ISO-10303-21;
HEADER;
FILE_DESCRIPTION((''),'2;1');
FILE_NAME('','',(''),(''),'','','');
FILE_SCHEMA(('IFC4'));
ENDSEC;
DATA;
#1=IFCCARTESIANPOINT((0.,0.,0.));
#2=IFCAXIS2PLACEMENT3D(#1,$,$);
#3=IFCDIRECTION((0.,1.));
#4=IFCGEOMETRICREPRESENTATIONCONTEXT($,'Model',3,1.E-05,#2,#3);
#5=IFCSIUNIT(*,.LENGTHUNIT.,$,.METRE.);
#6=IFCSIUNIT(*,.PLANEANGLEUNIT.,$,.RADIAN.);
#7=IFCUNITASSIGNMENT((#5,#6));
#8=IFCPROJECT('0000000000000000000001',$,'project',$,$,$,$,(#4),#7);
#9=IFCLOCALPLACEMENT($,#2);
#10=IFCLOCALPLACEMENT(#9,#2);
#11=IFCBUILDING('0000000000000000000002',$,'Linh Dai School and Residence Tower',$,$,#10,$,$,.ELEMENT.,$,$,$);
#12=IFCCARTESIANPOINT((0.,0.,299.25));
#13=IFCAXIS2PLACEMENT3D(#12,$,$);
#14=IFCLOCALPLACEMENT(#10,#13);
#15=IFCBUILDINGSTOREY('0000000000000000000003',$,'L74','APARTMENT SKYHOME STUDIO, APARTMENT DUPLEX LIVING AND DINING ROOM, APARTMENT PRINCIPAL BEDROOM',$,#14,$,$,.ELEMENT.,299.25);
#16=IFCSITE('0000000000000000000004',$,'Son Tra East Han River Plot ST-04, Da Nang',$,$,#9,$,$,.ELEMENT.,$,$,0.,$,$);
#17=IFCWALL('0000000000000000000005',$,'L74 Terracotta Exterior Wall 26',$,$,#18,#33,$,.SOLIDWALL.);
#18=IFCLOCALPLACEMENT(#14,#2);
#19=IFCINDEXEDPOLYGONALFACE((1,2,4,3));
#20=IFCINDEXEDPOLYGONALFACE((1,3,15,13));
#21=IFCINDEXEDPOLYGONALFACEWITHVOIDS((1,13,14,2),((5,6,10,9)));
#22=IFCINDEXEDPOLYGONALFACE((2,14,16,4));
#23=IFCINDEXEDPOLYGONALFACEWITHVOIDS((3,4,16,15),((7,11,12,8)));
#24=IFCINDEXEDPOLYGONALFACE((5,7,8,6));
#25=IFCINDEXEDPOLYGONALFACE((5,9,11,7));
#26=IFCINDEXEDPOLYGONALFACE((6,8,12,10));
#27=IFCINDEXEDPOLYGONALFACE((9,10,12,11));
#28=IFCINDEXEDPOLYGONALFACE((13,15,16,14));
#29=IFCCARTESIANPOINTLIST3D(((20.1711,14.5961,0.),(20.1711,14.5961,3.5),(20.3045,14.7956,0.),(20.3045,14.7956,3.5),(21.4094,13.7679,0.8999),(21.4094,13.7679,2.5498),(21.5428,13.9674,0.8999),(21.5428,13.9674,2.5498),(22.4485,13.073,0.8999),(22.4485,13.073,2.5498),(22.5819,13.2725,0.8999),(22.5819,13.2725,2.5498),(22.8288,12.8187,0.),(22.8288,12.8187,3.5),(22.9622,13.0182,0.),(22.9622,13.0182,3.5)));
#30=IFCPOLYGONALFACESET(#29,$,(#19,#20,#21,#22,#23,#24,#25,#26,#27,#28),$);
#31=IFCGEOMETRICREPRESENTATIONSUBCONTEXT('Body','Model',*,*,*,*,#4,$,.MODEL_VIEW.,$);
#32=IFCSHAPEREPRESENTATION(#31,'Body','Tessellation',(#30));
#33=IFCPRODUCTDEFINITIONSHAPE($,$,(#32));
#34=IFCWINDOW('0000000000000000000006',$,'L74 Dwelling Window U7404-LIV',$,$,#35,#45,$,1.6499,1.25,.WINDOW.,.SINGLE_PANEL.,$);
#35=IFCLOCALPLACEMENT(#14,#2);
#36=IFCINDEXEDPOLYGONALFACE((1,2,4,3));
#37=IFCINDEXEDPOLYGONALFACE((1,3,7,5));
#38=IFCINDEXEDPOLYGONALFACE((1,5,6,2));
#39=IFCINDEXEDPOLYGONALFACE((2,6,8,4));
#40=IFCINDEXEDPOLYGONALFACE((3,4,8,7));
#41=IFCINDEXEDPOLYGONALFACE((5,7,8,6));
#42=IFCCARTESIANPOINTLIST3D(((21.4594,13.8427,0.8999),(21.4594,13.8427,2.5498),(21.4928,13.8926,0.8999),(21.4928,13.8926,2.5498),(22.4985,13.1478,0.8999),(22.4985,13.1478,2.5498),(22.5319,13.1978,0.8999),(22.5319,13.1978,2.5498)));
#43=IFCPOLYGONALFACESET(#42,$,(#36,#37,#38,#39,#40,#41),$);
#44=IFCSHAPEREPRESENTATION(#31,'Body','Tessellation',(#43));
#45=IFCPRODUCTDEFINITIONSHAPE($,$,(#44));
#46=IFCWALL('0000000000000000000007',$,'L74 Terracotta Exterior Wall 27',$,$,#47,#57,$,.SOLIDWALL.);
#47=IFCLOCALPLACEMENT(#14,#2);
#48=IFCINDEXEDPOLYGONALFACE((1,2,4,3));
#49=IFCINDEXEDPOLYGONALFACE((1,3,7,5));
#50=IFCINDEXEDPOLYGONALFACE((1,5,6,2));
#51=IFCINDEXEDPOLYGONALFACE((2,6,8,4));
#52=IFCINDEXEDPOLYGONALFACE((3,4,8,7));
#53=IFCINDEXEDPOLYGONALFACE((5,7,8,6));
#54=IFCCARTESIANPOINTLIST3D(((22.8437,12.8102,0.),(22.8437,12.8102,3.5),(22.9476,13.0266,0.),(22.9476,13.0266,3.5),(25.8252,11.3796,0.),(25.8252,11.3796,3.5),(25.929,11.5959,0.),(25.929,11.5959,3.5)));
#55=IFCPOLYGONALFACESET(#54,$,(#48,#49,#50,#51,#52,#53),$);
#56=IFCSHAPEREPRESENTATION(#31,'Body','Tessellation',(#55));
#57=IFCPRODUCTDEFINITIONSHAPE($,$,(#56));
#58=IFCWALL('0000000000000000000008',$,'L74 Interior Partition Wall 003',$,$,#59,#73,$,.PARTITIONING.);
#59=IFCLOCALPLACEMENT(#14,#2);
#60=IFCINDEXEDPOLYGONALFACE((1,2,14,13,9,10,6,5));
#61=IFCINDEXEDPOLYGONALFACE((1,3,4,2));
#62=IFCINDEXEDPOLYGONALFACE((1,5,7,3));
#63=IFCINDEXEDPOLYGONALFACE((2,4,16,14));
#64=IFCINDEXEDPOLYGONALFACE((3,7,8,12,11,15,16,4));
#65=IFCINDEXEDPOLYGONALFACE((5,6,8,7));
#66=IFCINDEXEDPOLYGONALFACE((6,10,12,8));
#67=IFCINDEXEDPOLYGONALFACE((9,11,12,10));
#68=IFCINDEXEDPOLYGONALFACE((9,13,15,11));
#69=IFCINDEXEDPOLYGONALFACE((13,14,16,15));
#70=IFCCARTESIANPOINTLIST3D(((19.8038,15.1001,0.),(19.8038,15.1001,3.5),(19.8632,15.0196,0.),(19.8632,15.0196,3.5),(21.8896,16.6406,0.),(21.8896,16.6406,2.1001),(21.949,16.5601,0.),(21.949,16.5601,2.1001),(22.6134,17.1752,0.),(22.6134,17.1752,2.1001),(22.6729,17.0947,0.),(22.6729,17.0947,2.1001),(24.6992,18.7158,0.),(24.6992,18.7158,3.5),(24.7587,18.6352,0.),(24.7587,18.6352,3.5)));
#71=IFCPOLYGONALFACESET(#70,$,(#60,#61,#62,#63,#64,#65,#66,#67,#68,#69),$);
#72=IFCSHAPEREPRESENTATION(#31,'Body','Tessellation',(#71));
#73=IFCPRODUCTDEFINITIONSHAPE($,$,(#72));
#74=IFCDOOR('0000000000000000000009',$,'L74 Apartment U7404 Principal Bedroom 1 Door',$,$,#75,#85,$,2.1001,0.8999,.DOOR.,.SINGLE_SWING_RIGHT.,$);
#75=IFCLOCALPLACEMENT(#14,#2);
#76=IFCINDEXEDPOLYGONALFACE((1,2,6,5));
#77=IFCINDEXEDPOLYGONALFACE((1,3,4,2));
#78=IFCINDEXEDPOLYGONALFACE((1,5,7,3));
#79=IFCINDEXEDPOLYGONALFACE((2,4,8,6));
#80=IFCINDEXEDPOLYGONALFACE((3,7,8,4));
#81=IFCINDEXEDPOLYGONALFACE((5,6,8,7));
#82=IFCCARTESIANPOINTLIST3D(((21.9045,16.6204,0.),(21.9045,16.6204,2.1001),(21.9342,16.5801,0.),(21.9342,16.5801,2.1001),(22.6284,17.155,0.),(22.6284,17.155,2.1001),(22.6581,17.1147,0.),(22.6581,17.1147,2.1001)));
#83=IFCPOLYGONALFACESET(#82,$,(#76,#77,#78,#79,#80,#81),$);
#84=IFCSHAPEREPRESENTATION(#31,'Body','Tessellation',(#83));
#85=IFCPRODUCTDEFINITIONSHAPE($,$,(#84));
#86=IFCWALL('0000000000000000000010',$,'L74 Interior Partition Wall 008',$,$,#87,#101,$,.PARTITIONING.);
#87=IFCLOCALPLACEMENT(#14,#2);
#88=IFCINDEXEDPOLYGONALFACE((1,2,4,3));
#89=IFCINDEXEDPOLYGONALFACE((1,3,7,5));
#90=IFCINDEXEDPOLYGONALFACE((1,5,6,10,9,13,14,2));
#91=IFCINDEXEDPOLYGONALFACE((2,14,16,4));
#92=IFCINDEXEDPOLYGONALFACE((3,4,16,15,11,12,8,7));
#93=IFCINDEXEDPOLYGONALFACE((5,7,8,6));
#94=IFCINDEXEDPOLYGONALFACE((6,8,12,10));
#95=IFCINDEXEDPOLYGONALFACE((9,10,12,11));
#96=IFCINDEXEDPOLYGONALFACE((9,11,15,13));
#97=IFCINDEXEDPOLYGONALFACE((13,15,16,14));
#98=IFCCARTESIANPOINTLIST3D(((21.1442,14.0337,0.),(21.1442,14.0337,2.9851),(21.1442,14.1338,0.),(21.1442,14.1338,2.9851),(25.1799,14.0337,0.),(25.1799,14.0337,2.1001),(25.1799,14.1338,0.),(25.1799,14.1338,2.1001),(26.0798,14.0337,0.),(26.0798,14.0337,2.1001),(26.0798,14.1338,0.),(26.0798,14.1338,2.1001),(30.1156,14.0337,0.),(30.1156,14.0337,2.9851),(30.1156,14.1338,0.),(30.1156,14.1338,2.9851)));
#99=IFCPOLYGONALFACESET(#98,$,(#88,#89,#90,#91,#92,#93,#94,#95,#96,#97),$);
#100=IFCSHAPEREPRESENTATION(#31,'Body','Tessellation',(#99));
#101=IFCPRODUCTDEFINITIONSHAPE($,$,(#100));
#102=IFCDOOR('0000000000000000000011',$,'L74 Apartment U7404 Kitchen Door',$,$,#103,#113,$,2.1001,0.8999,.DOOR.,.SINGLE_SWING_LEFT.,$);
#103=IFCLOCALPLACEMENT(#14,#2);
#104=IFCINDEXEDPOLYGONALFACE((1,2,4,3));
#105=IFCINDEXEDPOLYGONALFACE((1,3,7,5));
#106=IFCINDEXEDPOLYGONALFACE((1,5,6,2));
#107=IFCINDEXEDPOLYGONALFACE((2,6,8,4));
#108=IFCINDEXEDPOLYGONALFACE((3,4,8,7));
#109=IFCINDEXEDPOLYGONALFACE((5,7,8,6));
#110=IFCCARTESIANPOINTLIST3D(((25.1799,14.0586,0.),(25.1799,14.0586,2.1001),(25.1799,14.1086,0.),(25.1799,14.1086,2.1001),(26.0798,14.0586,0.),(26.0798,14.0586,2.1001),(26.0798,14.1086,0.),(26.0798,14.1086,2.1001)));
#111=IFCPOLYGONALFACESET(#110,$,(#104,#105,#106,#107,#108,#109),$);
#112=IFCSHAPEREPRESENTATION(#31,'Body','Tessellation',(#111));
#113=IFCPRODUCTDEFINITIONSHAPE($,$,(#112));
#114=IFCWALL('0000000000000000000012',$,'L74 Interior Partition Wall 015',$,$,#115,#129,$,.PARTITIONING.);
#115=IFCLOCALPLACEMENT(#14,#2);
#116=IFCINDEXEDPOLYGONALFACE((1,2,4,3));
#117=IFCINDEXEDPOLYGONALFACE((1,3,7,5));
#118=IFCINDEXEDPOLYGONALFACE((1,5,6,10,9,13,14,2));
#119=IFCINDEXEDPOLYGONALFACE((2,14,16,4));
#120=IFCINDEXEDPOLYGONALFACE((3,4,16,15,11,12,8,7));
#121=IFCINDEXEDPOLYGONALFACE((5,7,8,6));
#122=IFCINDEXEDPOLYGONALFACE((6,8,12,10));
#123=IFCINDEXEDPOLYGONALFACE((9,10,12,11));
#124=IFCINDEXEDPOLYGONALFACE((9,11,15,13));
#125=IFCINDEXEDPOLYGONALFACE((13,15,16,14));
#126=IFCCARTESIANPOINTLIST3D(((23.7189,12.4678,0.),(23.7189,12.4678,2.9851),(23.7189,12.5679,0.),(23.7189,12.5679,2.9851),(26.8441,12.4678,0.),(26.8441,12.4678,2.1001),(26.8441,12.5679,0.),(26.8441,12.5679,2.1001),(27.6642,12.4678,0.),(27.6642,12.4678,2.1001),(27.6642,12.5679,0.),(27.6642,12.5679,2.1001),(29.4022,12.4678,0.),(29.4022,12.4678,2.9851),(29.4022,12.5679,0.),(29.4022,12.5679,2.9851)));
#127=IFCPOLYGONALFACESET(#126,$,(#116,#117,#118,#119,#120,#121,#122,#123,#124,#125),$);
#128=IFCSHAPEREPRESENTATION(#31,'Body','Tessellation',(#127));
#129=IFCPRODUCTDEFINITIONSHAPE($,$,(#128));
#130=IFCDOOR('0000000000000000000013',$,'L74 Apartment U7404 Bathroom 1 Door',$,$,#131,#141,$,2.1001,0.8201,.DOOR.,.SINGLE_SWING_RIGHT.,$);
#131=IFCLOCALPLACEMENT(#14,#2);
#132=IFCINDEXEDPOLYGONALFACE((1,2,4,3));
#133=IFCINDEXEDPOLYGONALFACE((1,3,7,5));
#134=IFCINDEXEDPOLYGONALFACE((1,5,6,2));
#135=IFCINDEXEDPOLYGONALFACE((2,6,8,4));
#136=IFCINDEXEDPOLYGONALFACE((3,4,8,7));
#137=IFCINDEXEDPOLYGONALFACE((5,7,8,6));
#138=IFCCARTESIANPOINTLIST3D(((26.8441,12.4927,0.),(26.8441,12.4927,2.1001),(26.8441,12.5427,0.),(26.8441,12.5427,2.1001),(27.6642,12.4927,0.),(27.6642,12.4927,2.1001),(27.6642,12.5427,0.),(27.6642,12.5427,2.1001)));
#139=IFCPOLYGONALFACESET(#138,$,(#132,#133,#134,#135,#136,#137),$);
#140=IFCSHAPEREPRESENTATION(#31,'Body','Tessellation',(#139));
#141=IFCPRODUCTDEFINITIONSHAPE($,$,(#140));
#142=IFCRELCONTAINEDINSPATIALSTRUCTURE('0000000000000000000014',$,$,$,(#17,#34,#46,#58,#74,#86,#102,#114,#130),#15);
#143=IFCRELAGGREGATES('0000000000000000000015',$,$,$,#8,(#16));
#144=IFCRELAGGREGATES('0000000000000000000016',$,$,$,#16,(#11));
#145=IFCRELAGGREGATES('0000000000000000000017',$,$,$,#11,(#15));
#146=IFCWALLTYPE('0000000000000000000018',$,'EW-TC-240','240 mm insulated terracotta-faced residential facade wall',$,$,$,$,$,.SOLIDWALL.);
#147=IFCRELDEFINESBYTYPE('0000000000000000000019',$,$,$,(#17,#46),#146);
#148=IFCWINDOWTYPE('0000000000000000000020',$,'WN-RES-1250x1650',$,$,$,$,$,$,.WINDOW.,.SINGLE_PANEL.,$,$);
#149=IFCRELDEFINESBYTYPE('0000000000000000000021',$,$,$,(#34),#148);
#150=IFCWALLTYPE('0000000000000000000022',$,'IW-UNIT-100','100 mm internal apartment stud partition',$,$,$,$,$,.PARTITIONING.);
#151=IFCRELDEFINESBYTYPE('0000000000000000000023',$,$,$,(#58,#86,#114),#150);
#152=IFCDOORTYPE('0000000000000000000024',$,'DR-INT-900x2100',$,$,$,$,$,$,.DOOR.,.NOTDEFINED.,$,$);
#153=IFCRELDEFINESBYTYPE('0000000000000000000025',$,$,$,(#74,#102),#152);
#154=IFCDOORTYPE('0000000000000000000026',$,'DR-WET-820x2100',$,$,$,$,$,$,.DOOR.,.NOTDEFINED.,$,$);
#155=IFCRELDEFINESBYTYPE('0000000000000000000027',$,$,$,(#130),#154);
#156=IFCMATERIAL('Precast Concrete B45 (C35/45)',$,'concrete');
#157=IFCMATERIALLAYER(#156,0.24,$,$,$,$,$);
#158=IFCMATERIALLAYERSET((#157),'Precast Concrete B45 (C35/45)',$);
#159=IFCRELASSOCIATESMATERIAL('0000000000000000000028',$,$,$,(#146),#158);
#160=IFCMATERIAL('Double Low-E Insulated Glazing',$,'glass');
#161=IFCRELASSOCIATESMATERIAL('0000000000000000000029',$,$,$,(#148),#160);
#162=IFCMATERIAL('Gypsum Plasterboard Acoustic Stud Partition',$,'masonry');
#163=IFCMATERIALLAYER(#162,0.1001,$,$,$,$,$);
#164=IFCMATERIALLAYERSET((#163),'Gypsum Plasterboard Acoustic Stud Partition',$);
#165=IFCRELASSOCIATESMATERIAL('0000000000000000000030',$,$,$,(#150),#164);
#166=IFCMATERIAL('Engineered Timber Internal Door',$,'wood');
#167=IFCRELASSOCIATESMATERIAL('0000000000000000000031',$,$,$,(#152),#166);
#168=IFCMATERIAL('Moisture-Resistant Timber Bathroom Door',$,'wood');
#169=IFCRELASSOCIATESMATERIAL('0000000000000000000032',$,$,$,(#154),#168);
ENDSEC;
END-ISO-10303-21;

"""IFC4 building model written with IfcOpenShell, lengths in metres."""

from ifc_helpers import new_model, si_unit, direction, frame, frame_2d, origin, origin_2d, place, context, subcontext, project, spatial, rectangle, extrude, source, transform, mapped, material, layer, layer_set, type_object, element, fill, save


model = new_model("IFC4")

# Units and contexts
model_context = context("Model", 3, precision=1e-05, world=origin(), true_north=direction((0.0, 1.0)))
body_context = subcontext(model_context, "Body", "Model", "MODEL_VIEW")
ifc_project = project(units=[si_unit("LENGTHUNIT", "METRE"), si_unit("PLANEANGLEUNIT", "RADIAN")], contexts=[model_context])

# Site, building, storey
site_placement = place(None, origin())
site = spatial("IfcSite", under=ifc_project, at=site_placement, Name="Son Tra East Han River Plot ST-04, Da Nang", CompositionType="ELEMENT", RefElevation=0.0)
building_placement = place(site_placement, origin())
building = spatial("IfcBuilding", under=site, at=building_placement, Name="Linh Dai School and Residence Tower", CompositionType="ELEMENT")
storey_placement = place(building_placement, frame((0.0, 0.0, 299.25)))
storey = spatial("IfcBuildingStorey", under=building, at=storey_placement, Name="L74", Description="APARTMENT SKYHOME STUDIO, APARTMENT DUPLEX LIVING AND DINING ROOM, APARTMENT PRINCIPAL BEDROOM", CompositionType="ELEMENT", Elevation=299.25)

# Shared definitions
ifc_material_1 = material(Name="Precast Concrete B45 (C35/45)", Category="concrete")

# Shared definitions
ifc_layer_1 = layer(ifc_material_1, 0.24)
ifc_layer_set_1 = layer_set([ifc_layer_1], Name="Precast Concrete B45 (C35/45)")
wall_type_1 = type_object("IfcWallType", Name="EW-TC-240", Description="240 mm insulated terracotta-faced residential facade wall", PredefinedType="SOLIDWALL", material=ifc_layer_set_1)

# Wall, opening, window
wall_1_placement = place(storey_placement, frame((22.8955, 12.9185, 0.0), z_axis=(0.0, 0.0, 1.0), x_axis=(-0.831251, 0.555898, 0.0)))
wall_1 = element("IfcWall", 1, at=wall_1_placement, inside=storey, type_object=wall_type_1, Name="L74 Terracotta Exterior Wall 26", PredefinedType="SOLIDWALL", context=body_context, shape_type="SweptSolid", body=[
    extrude(rectangle(XDim=3.1973, YDim=0.24, at=frame_2d((1.5986, 0.0))), origin(), (0.0, 0.0, 1.0), 3.5),
])
opening_1_placement = place(wall_1_placement, frame((0.4575, 0.0, 0.8999)))
opening_1 = element("IfcOpeningElement", 2, at=opening_1_placement, cuts=wall_1, PredefinedType="OPENING", context=body_context, shape_type="SweptSolid", body=[
    extrude(rectangle(XDim=1.25, YDim=1.6499, at=origin_2d()), frame((0.625, 0.1299, 0.825), z_axis=(0.0, -1.0, 0.0), x_axis=(1.0, 0.0, 0.0)), (0.0, 0.0, 1.0), 0.26),
])
ifc_material_2 = material(Name="Double Low-E Insulated Glazing", Category="glass")
window_type = type_object("IfcWindowType", Name="WN-RES-1250x1650", PartitioningType="SINGLE_PANEL", PredefinedType="WINDOW", material=ifc_material_2)
shared_shape_1 = source(origin(), body_context, "Body", "SweptSolid", [
    extrude(rectangle(XDim=1.25, YDim=1.6499, at=origin_2d()), frame((0.625, 0.03, 0.825), z_axis=(0.0, -1.0, 0.0), x_axis=(1.0, 0.0, 0.0)), (0.0, 0.0, 1.0), 0.0601),
])
window_placement = place(opening_1_placement, origin())
window = element("IfcWindow", 3, at=window_placement, inside=storey, type_object=window_type, Name="L74 Dwelling Window U7404-LIV", OverallHeight=1.6499, OverallWidth=1.25, PartitioningType="SINGLE_PANEL", PredefinedType="WINDOW", context=body_context, shape_type="MappedRepresentation", body=[
    mapped(shared_shape_1, transform((0.0, 0.0, 0.0), x_axis=(1.0, 0.0, 0.0), y_axis=(0.0, 1.0, 0.0), z_axis=(0.0, 0.0, 1.0), scale=1.0)),
])
fill(opening_1, window)

# Wall
wall_2_placement = place(storey_placement, frame((25.877, 11.4878, 0.0), z_axis=(0.0, 0.0, 1.0), x_axis=(-0.901574, 0.432625, 0.0)))
element("IfcWall", 4, at=wall_2_placement, inside=storey, type_object=wall_type_1, Name="L74 Terracotta Exterior Wall 27", PredefinedType="SOLIDWALL", context=body_context, shape_type="SweptSolid", body=[
    extrude(rectangle(XDim=3.3069, YDim=0.24, at=frame_2d((1.6533, 0.0))), origin(), (0.0, 0.0, 1.0), 3.5),
])

# Walls, openings, doors
ifc_material_3 = material(Name="Gypsum Plasterboard Acoustic Stud Partition", Category="masonry")
ifc_layer_2 = layer(ifc_material_3, 0.1001)
ifc_layer_set_2 = layer_set([ifc_layer_2], Name="Gypsum Plasterboard Acoustic Stud Partition")
wall_type_2 = type_object("IfcWallType", Name="IW-UNIT-100", Description="100 mm internal apartment stud partition", PredefinedType="PARTITIONING", material=ifc_layer_set_2)
wall_3_placement = place(storey_placement, frame((19.8335, 15.0598, 0.0), z_axis=(0.0, 0.0, 1.0), x_axis=(0.804388, 0.594105, 0.0)))
wall_3 = element("IfcWall", 5, at=wall_3_placement, inside=storey, type_object=wall_type_2, Name="L74 Interior Partition Wall 003", PredefinedType="PARTITIONING", context=body_context, shape_type="SweptSolid", body=[
    extrude(rectangle(XDim=6.0859, YDim=0.1001, at=frame_2d((3.043, 0.0))), origin(), (0.0, 0.0, 1.0), 3.5),
])
opening_2_placement = place(wall_3_placement, frame((2.593, 0.0, 0.0)))
opening_2 = element("IfcOpeningElement", 6, at=opening_2_placement, cuts=wall_3, PredefinedType="OPENING", context=body_context, shape_type="SweptSolid", body=[
    extrude(rectangle(XDim=0.8999, YDim=2.1001, at=origin_2d()), frame((0.45, 0.0601, 1.05), z_axis=(0.0, -1.0, 0.0), x_axis=(1.0, 0.0, 0.0)), (0.0, 0.0, 1.0), 0.1201),
])
ifc_material_4 = material(Name="Engineered Timber Internal Door", Category="wood")
door_type_1 = type_object("IfcDoorType", Name="DR-INT-900x2100", OperationType="NOTDEFINED", PredefinedType="DOOR", material=ifc_material_4)
shared_shape_2 = source(origin(), body_context, "Body", "SweptSolid", [
    extrude(rectangle(XDim=0.8999, YDim=2.1001, at=origin_2d()), frame((0.45, 0.0249, 1.05), z_axis=(0.0, -1.0, 0.0), x_axis=(1.0, 0.0, 0.0)), (0.0, 0.0, 1.0), 0.05),
])
door_1_placement = place(opening_2_placement, origin())
door_1 = element("IfcDoor", 7, at=door_1_placement, inside=storey, type_object=door_type_1, Name="L74 Apartment U7404 Principal Bedroom 1 Door", OperationType="SINGLE_SWING_RIGHT", OverallHeight=2.1001, OverallWidth=0.8999, PredefinedType="DOOR", context=body_context, shape_type="MappedRepresentation", body=[
    mapped(shared_shape_2, transform((0.0, 0.0, 0.0), x_axis=(1.0, 0.0, 0.0), y_axis=(0.0, 1.0, 0.0), z_axis=(0.0, 0.0, 1.0), scale=1.0)),
])
fill(opening_2, door_1)
wall_4_placement = place(storey_placement, frame((21.144, 14.0837, 0.0), z_axis=(0.0, 0.0, 1.0), x_axis=(1.0, 0.0, 0.0)))
wall_4 = element("IfcWall", 8, at=wall_4_placement, inside=storey, type_object=wall_type_2, Name="L74 Interior Partition Wall 008", PredefinedType="PARTITIONING", context=body_context, shape_type="SweptSolid", body=[
    extrude(rectangle(XDim=8.9714, YDim=0.1001, at=frame_2d((4.4858, 0.0))), origin(), (0.0, 0.0, 1.0), 2.9851),
])
opening_3_placement = place(wall_4_placement, frame((4.0359, 0.0, 0.0)))
opening_3 = element("IfcOpeningElement", 9, at=opening_3_placement, cuts=wall_4, PredefinedType="OPENING", context=body_context, shape_type="SweptSolid", body=[
    extrude(rectangle(XDim=0.8999, YDim=2.1001, at=origin_2d()), frame((0.45, 0.0601, 1.05), z_axis=(0.0, -1.0, 0.0), x_axis=(1.0, 0.0, 0.0)), (0.0, 0.0, 1.0), 0.1201),
])
door_2_placement = place(opening_3_placement, origin())
door_2 = element("IfcDoor", 10, at=door_2_placement, inside=storey, type_object=door_type_1, Name="L74 Apartment U7404 Kitchen Door", OperationType="SINGLE_SWING_LEFT", OverallHeight=2.1001, OverallWidth=0.8999, PredefinedType="DOOR", context=body_context, shape_type="MappedRepresentation", body=[
    mapped(shared_shape_2, transform((0.0, 0.0, 0.0), x_axis=(1.0, 0.0, 0.0), y_axis=(0.0, 1.0, 0.0), z_axis=(0.0, 0.0, 1.0), scale=1.0)),
])
fill(opening_3, door_2)
wall_5_placement = place(storey_placement, frame((23.7188, 12.5178, 0.0), z_axis=(0.0, 0.0, 1.0), x_axis=(1.0, 0.0, 0.0)))
wall_5 = element("IfcWall", 11, at=wall_5_placement, inside=storey, type_object=wall_type_2, Name="L74 Interior Partition Wall 015", PredefinedType="PARTITIONING", context=body_context, shape_type="SweptSolid", body=[
    extrude(rectangle(XDim=5.6833, YDim=0.1001, at=frame_2d((2.8418, 0.0))), origin(), (0.0, 0.0, 1.0), 2.9851),
])
opening_4_placement = place(wall_5_placement, frame((3.1252, 0.0, 0.0)))
opening_4 = element("IfcOpeningElement", 12, at=opening_4_placement, cuts=wall_5, PredefinedType="OPENING", context=body_context, shape_type="SweptSolid", body=[
    extrude(rectangle(XDim=0.8201, YDim=2.1001, at=origin_2d()), frame((0.4102, 0.0601, 1.05), z_axis=(0.0, -1.0, 0.0), x_axis=(1.0, 0.0, 0.0)), (0.0, 0.0, 1.0), 0.1201),
])
ifc_material_5 = material(Name="Moisture-Resistant Timber Bathroom Door", Category="wood")
door_type_2 = type_object("IfcDoorType", Name="DR-WET-820x2100", OperationType="NOTDEFINED", PredefinedType="DOOR", material=ifc_material_5)
shared_shape_3 = source(origin(), body_context, "Body", "SweptSolid", [
    extrude(rectangle(XDim=0.8201, YDim=2.1001, at=origin_2d()), frame((0.4102, 0.0249, 1.05), z_axis=(0.0, -1.0, 0.0), x_axis=(1.0, 0.0, 0.0)), (0.0, 0.0, 1.0), 0.05),
])
door_3_placement = place(opening_4_placement, origin())
door_3 = element("IfcDoor", 13, at=door_3_placement, inside=storey, type_object=door_type_2, Name="L74 Apartment U7404 Bathroom 1 Door", OperationType="SINGLE_SWING_RIGHT", OverallHeight=2.1001, OverallWidth=0.8201, PredefinedType="DOOR", context=body_context, shape_type="MappedRepresentation", body=[
    mapped(shared_shape_3, transform((0.0, 0.0, 0.0), x_axis=(1.0, 0.0, 0.0), y_axis=(0.0, 1.0, 0.0), z_axis=(0.0, 0.0, 1.0), scale=1.0)),
])
fill(opening_4, door_3)

save(model, "model.ifc")
